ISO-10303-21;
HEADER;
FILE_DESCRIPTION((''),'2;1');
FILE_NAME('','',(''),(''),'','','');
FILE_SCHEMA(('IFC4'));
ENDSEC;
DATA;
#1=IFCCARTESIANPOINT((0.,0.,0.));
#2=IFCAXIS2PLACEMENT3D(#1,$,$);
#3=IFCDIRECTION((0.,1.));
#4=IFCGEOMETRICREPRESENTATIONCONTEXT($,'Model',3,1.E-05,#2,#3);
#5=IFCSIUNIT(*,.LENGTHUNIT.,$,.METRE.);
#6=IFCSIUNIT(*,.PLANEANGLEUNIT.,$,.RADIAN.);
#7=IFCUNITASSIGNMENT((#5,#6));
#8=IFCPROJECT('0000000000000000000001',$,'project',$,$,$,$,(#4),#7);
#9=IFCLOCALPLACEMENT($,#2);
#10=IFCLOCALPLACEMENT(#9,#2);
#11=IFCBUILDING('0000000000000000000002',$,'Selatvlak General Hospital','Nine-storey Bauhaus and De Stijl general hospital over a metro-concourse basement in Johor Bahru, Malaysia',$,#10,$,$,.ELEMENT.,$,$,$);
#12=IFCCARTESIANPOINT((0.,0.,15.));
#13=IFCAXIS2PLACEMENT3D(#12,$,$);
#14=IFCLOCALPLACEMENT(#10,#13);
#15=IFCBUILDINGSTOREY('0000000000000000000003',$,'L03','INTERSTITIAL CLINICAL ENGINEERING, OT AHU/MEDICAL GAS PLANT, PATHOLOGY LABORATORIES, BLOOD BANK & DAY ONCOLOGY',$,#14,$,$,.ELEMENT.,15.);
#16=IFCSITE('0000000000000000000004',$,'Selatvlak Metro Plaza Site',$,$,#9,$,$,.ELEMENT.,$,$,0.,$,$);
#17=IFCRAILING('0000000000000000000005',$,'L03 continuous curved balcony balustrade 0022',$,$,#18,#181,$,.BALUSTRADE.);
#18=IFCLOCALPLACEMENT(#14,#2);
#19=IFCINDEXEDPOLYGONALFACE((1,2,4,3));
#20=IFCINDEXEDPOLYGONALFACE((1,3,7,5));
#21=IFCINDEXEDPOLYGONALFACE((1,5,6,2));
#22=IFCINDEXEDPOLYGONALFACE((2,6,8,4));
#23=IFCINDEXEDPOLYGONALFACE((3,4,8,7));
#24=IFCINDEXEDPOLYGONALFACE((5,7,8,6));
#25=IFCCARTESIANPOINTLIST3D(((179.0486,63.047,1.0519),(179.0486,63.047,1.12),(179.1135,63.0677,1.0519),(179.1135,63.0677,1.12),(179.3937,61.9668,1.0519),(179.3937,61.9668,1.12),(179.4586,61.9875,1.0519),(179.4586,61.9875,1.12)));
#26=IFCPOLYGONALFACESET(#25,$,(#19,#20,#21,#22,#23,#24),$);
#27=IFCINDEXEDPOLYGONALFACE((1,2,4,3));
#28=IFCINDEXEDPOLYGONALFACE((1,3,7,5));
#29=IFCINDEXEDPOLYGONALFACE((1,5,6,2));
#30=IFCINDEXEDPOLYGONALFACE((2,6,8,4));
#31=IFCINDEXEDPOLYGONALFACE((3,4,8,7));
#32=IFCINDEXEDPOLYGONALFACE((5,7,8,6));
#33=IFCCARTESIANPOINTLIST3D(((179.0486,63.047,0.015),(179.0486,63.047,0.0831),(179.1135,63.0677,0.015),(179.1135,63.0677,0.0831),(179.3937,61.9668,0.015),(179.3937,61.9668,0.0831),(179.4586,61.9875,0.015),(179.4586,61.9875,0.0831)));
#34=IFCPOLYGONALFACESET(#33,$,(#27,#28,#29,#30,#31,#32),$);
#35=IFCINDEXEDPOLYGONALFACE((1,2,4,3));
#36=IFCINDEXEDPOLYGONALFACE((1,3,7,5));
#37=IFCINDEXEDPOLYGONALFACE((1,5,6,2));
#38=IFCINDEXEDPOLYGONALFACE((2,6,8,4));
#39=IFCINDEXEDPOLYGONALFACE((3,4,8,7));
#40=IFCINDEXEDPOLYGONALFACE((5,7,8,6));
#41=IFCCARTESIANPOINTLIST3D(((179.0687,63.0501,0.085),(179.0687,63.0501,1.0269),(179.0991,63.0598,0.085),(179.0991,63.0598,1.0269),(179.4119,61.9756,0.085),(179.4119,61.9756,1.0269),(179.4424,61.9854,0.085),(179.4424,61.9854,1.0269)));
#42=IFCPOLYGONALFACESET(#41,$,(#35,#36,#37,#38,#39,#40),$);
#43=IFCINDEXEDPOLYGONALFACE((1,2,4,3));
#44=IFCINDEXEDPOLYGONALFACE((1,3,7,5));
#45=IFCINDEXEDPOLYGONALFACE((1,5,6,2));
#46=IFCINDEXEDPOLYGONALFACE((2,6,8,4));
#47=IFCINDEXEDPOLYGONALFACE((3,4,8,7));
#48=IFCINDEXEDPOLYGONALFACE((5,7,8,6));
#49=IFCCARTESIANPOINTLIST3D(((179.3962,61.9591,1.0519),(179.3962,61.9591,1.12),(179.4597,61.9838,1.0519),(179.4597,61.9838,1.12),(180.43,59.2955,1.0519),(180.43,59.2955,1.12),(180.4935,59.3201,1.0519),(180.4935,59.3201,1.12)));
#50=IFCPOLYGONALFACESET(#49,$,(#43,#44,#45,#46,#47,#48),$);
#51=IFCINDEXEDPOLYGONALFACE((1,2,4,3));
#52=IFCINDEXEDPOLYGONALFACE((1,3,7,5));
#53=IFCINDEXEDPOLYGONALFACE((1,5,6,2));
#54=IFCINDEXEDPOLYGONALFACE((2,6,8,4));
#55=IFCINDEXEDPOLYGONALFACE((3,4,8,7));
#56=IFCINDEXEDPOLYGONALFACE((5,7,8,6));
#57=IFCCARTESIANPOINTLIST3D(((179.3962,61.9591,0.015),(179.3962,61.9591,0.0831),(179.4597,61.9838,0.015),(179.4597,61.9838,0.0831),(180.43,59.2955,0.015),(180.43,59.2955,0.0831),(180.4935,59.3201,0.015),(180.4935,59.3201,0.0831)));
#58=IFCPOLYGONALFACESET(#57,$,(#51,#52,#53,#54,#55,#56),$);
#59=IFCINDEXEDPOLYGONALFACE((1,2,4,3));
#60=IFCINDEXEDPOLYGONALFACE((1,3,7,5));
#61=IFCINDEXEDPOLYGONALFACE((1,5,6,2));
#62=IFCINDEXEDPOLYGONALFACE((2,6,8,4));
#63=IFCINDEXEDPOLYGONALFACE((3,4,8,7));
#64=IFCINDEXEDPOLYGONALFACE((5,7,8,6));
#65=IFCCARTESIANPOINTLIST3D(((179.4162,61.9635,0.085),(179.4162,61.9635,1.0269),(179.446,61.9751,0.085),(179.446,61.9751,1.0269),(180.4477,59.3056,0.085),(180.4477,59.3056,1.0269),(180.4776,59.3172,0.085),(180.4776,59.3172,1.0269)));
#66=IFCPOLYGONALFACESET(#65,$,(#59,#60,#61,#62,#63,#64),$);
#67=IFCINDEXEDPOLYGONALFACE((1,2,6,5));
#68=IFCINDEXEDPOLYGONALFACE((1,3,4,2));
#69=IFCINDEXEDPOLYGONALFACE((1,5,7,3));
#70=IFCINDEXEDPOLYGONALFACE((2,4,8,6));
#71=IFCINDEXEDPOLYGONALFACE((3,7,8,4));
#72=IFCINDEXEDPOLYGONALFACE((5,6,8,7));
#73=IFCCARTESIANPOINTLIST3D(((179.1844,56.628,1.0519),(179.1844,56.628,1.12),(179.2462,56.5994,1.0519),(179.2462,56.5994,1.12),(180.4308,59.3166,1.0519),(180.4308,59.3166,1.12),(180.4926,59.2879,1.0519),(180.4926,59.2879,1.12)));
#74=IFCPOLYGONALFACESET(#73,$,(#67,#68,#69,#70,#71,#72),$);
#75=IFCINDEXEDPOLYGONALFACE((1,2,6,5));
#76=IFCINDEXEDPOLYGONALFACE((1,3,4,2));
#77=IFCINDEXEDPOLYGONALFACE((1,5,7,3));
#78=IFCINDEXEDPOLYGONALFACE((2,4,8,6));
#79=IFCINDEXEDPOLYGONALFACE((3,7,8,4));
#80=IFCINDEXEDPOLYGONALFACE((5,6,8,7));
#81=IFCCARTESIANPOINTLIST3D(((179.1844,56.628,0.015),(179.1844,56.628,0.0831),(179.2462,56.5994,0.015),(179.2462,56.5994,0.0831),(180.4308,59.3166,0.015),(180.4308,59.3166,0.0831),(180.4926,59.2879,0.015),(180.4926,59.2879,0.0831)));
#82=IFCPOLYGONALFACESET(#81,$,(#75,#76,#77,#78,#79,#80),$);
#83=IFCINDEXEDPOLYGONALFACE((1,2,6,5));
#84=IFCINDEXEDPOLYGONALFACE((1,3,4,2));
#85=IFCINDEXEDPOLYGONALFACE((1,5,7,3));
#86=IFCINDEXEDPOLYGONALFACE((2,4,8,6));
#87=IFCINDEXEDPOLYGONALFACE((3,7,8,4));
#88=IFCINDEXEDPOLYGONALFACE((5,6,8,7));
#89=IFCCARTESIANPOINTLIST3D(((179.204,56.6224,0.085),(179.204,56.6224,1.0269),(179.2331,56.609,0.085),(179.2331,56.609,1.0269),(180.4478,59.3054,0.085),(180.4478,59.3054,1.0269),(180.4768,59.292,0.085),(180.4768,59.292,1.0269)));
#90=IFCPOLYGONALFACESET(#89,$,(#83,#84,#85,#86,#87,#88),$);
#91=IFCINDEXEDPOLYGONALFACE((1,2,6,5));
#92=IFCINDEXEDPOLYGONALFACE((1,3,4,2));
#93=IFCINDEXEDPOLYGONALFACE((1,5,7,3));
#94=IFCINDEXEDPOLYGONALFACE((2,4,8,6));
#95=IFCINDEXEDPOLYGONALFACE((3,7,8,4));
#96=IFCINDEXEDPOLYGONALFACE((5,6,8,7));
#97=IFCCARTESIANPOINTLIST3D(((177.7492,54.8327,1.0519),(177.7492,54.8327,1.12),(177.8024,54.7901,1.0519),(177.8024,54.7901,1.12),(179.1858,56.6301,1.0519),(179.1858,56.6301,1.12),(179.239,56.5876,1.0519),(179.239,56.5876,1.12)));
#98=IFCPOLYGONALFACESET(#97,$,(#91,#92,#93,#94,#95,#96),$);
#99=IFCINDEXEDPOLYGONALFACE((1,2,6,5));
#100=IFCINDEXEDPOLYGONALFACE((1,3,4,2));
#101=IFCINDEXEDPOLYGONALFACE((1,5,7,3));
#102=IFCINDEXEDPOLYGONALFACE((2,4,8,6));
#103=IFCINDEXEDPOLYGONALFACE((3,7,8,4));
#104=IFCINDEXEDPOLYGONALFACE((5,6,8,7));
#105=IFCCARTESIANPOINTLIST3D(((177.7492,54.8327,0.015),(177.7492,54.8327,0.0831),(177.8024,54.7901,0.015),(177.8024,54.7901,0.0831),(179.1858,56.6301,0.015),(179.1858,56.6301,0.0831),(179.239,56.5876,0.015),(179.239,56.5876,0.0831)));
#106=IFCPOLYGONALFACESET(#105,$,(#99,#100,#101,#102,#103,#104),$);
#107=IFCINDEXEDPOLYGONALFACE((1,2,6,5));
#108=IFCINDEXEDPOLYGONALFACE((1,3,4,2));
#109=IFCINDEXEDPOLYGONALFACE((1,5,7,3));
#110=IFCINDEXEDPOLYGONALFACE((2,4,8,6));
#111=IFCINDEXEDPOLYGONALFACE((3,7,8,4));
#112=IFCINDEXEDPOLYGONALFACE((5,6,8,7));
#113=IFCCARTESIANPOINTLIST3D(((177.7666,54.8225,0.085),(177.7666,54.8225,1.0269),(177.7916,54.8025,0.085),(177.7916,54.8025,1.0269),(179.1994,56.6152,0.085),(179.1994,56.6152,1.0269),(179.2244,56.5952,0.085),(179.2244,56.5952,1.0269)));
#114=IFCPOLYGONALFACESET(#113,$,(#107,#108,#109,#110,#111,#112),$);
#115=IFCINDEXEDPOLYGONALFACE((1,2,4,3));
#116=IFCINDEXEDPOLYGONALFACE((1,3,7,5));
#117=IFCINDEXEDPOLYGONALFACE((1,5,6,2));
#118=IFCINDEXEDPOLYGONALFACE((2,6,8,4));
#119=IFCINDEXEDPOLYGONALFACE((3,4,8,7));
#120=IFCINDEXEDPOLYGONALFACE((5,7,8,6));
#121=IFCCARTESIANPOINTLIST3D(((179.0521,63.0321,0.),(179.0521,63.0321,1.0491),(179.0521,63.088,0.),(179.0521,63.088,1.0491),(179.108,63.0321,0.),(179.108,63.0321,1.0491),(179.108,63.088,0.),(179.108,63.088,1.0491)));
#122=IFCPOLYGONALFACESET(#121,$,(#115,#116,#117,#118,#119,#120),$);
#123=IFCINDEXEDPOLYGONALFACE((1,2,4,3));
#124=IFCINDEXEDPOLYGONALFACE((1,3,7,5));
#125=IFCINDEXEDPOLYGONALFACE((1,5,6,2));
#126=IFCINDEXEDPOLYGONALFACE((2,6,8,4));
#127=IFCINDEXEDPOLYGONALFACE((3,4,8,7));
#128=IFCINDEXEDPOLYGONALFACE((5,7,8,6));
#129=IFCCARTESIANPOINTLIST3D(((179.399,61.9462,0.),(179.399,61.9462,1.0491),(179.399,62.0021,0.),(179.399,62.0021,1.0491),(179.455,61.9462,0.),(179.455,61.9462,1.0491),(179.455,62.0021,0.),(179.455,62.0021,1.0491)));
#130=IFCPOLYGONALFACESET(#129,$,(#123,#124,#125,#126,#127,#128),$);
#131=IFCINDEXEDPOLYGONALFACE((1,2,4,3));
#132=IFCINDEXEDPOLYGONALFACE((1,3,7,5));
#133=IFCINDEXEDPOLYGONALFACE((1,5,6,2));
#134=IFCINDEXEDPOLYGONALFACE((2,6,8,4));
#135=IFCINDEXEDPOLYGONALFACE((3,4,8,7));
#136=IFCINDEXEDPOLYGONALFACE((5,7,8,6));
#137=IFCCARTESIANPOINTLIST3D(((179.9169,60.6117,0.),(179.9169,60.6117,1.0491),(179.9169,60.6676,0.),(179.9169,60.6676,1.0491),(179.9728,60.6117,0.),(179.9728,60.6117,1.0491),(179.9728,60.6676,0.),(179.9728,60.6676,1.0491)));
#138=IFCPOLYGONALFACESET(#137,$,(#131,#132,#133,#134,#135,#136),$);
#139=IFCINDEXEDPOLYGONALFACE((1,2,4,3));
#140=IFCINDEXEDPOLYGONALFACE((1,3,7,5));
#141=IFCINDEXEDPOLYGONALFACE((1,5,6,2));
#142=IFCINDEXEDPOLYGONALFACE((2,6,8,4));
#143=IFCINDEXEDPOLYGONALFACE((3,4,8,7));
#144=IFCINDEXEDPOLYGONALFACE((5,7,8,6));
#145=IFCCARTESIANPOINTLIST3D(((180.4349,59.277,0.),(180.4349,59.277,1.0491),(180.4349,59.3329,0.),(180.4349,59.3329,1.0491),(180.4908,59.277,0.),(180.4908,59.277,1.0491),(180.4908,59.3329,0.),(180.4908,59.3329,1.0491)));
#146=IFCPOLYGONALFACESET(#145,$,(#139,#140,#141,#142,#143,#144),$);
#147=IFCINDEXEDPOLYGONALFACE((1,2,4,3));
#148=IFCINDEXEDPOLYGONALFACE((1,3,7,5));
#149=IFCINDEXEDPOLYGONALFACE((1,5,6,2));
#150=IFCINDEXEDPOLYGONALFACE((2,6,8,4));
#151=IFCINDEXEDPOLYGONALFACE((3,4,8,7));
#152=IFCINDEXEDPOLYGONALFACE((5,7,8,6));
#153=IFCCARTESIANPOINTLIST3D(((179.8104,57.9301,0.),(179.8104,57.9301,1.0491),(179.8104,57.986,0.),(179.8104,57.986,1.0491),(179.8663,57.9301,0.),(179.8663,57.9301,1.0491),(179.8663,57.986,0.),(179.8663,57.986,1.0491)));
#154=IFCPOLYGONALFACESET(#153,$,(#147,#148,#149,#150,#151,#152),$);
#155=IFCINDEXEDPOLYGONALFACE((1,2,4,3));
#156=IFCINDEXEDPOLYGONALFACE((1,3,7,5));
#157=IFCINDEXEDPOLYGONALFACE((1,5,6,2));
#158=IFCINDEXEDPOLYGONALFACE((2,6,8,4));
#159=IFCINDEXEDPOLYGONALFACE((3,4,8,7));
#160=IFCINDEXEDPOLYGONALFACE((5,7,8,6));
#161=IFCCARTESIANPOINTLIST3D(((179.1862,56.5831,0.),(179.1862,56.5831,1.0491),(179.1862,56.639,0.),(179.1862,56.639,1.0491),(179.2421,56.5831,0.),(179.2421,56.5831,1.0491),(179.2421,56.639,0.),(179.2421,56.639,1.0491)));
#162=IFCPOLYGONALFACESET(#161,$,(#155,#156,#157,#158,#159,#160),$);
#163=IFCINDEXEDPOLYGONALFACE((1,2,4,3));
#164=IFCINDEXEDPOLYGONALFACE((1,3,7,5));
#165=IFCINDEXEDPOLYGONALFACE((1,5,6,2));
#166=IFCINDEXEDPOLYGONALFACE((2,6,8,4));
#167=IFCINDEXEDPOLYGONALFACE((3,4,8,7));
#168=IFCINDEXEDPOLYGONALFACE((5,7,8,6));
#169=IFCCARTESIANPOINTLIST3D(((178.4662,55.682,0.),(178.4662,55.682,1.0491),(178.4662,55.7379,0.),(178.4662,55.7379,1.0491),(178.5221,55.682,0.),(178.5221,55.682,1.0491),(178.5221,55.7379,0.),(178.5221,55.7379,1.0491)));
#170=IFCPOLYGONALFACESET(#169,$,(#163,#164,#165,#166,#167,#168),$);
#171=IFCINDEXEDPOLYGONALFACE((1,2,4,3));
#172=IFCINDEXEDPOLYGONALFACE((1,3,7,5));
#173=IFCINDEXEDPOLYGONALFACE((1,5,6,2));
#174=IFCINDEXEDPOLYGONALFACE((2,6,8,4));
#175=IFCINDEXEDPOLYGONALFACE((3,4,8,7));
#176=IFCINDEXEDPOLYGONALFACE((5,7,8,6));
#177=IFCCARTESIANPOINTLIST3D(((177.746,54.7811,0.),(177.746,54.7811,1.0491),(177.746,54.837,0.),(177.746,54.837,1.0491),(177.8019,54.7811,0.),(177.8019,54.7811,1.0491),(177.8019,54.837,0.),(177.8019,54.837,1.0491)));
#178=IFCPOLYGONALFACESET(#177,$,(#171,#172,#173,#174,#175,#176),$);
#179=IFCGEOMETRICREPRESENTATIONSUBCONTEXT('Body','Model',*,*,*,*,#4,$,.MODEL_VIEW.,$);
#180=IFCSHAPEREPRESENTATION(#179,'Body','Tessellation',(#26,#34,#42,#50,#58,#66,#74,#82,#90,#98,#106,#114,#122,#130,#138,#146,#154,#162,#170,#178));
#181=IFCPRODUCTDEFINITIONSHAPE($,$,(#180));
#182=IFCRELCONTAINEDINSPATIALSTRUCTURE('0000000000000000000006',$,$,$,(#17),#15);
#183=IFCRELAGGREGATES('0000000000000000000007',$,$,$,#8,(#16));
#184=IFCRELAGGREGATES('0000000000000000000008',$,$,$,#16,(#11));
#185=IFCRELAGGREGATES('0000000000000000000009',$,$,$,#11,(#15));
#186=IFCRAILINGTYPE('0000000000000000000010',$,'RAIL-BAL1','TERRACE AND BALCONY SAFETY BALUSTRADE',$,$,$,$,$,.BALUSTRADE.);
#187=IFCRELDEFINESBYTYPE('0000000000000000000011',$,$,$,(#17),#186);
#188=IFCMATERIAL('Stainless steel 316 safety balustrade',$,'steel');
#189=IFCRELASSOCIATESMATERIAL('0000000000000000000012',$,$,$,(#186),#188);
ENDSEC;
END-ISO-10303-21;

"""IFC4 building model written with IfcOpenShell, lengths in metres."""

from ifc_helpers import new_model, si_unit, direction, frame, origin, origin_2d, place, context, subcontext, project, spatial, polyline, rectangle, outline, extrude, material, type_object, element, save


model = new_model("IFC4")

# Units and contexts
model_context = context("Model", 3, precision=1e-05, world=origin(), true_north=direction((0.0, 1.0)))
body_context = subcontext(model_context, "Body", "Model", "MODEL_VIEW")
ifc_project = project(units=[si_unit("LENGTHUNIT", "METRE"), si_unit("PLANEANGLEUNIT", "RADIAN")], contexts=[model_context])

# Site, building, storey
site_placement = place(None, origin())
site = spatial("IfcSite", under=ifc_project, at=site_placement, Name="Selatvlak Metro Plaza Site", CompositionType="ELEMENT", RefElevation=0.0)
building_placement = place(site_placement, origin())
building = spatial("IfcBuilding", under=site, at=building_placement, Name="Selatvlak General Hospital", Description="Nine-storey Bauhaus and De Stijl general hospital over a metro-concourse basement in Johor Bahru, Malaysia", CompositionType="ELEMENT")
storey_placement = place(building_placement, frame((0.0, 0.0, 15.0)))
storey = spatial("IfcBuildingStorey", under=building, at=storey_placement, Name="L03", Description="INTERSTITIAL CLINICAL ENGINEERING, OT AHU/MEDICAL GAS PLANT, PATHOLOGY LABORATORIES, BLOOD BANK & DAY ONCOLOGY", CompositionType="ELEMENT", Elevation=15.0)

# Railing
ifc_material_1 = material(Name="Stainless steel 316 safety balustrade", Category="steel")
railing_type = type_object("IfcRailingType", Name="RAIL-BAL1", Description="TERRACE AND BALCONY SAFETY BALUSTRADE", PredefinedType="BALUSTRADE", material=ifc_material_1)
railing_placement = place(storey_placement, frame((179.0801, 63.0601, 0.0)))
element("IfcRailing", 1, at=railing_placement, inside=storey, type_object=railing_type, Name="L03 continuous curved balcony balustrade 0022", PredefinedType="BALUSTRADE", context=body_context, shape_type="SweptSolid", body=[
    extrude(rectangle(XDim=0.0681, YDim=0.0681, at=origin_2d()), frame((0.001, -0.0027, 1.0859), z_axis=(0.304317, -0.952571, 0.0), x_axis=(0.952571, 0.304317, 0.0)), (0.0, 0.0, 1.0), 1.134),
    extrude(rectangle(XDim=0.0681, YDim=0.0681, at=origin_2d()), frame((0.001, -0.0027, 0.0491), z_axis=(0.304317, -0.952571, 0.0), x_axis=(0.952571, 0.304317, 0.0)), (0.0, 0.0, 1.0), 1.134),
    extrude(outline(polyline([(0.0, 0.0), (1.1279, 0.0), (1.1279, 0.9419), (0.0, 0.9419), (0.0, 0.0)])), frame((0.019, -0.0002, 0.085), z_axis=(-0.952571, -0.304317, 0.0), x_axis=(0.304317, -0.952571, 0.0)), (0.0, 0.0, 1.0), 0.032),
    extrude(rectangle(XDim=0.0681, YDim=0.0681, at=origin_2d()), frame((0.3479, -1.0886, 1.0859), z_axis=(0.3618, -0.932256, 0.0), x_axis=(0.932256, 0.3618, 0.0)), (0.0, 0.0, 1.0), 2.8572),
    extrude(rectangle(XDim=0.0681, YDim=0.0681, at=origin_2d()), frame((0.3479, -1.0886, 0.0491), z_axis=(0.3618, -0.932256, 0.0), x_axis=(0.932256, 0.3618, 0.0)), (0.0, 0.0, 1.0), 2.8572),
    extrude(outline(polyline([(0.0, 0.0), (2.8511, 0.0), (2.8511, 0.9419), (0.0, 0.9419), (0.0, 0.0)])), frame((0.366, -1.085, 0.085), z_axis=(-0.932256, -0.3618, 0.0), x_axis=(0.3618, -0.932256, 0.0)), (0.0, 0.0, 1.0), 0.032),
    extrude(rectangle(XDim=0.0681, YDim=0.0681, at=origin_2d()), frame((1.3816, -3.7578, 1.0859), z_axis=(-0.420575, -0.907258, 0.0), x_axis=(0.907258, -0.420575, 0.0)), (0.0, 0.0, 1.0), 2.9634),
    extrude(rectangle(XDim=0.0681, YDim=0.0681, at=origin_2d()), frame((1.3816, -3.7578, 0.0491), z_axis=(-0.420575, -0.907258, 0.0), x_axis=(0.907258, -0.420575, 0.0)), (0.0, 0.0, 1.0), 2.9634),
    extrude(outline(polyline([(0.0, 0.0), (2.9573, 0.0), (2.9573, 0.9419), (0.0, 0.9419), (0.0, 0.0)])), frame((1.3967, -3.7681, 0.085), z_axis=(-0.907258, 0.420575, 0.0), x_axis=(-0.420575, -0.907258, 0.0)), (0.0, 0.0, 1.0), 0.032),
    extrude(rectangle(XDim=0.0681, YDim=0.0681, at=origin_2d()), frame((0.1323, -6.4512, 1.0859), z_axis=(-0.624321, -0.781168, 0.0), x_axis=(0.781168, -0.624321, 0.0)), (0.0, 0.0, 1.0), 2.301),
    extrude(rectangle(XDim=0.0681, YDim=0.0681, at=origin_2d()), frame((0.1323, -6.4512, 0.0491), z_axis=(-0.624321, -0.781168, 0.0), x_axis=(0.781168, -0.624321, 0.0)), (0.0, 0.0, 1.0), 2.301),
    extrude(outline(polyline([(0.0, 0.0), (2.2949, 0.0), (2.2949, 0.9419), (0.0, 0.9419), (0.0, 0.0)])), frame((0.1443, -6.4648, 0.085), z_axis=(-0.781168, 0.624321, 0.0), x_axis=(-0.624321, -0.781168, 0.0)), (0.0, 0.0, 1.0), 0.032),
    extrude(rectangle(XDim=0.0559, YDim=0.0559, at=origin_2d()), origin(), (0.0, 0.0, 1.0), 1.0491),
    extrude(rectangle(XDim=0.0559, YDim=0.0559, at=origin_2d()), frame((0.3469, -1.0859, 0.0)), (0.0, 0.0, 1.0), 1.0491),
    extrude(rectangle(XDim=0.0559, YDim=0.0559, at=origin_2d()), frame((0.8647, -2.4204, 0.0)), (0.0, 0.0, 1.0), 1.0491),
    extrude(rectangle(XDim=0.0559, YDim=0.0559, at=origin_2d()), frame((1.3828, -3.7551, 0.0)), (0.0, 0.0, 1.0), 1.0491),
    extrude(rectangle(XDim=0.0559, YDim=0.0559, at=origin_2d()), frame((0.7583, -5.1021, 0.0)), (0.0, 0.0, 1.0), 1.0491),
    extrude(rectangle(XDim=0.0559, YDim=0.0559, at=origin_2d()), frame((0.134, -6.449, 0.0)), (0.0, 0.0, 1.0), 1.0491),
    extrude(rectangle(XDim=0.0559, YDim=0.0559, at=origin_2d()), frame((-0.5859, -7.3501, 0.0)), (0.0, 0.0, 1.0), 1.0491),
    extrude(rectangle(XDim=0.0559, YDim=0.0559, at=origin_2d()), frame((-1.3062, -8.251, 0.0)), (0.0, 0.0, 1.0), 1.0491),
])

save(model, "model.ifc")
